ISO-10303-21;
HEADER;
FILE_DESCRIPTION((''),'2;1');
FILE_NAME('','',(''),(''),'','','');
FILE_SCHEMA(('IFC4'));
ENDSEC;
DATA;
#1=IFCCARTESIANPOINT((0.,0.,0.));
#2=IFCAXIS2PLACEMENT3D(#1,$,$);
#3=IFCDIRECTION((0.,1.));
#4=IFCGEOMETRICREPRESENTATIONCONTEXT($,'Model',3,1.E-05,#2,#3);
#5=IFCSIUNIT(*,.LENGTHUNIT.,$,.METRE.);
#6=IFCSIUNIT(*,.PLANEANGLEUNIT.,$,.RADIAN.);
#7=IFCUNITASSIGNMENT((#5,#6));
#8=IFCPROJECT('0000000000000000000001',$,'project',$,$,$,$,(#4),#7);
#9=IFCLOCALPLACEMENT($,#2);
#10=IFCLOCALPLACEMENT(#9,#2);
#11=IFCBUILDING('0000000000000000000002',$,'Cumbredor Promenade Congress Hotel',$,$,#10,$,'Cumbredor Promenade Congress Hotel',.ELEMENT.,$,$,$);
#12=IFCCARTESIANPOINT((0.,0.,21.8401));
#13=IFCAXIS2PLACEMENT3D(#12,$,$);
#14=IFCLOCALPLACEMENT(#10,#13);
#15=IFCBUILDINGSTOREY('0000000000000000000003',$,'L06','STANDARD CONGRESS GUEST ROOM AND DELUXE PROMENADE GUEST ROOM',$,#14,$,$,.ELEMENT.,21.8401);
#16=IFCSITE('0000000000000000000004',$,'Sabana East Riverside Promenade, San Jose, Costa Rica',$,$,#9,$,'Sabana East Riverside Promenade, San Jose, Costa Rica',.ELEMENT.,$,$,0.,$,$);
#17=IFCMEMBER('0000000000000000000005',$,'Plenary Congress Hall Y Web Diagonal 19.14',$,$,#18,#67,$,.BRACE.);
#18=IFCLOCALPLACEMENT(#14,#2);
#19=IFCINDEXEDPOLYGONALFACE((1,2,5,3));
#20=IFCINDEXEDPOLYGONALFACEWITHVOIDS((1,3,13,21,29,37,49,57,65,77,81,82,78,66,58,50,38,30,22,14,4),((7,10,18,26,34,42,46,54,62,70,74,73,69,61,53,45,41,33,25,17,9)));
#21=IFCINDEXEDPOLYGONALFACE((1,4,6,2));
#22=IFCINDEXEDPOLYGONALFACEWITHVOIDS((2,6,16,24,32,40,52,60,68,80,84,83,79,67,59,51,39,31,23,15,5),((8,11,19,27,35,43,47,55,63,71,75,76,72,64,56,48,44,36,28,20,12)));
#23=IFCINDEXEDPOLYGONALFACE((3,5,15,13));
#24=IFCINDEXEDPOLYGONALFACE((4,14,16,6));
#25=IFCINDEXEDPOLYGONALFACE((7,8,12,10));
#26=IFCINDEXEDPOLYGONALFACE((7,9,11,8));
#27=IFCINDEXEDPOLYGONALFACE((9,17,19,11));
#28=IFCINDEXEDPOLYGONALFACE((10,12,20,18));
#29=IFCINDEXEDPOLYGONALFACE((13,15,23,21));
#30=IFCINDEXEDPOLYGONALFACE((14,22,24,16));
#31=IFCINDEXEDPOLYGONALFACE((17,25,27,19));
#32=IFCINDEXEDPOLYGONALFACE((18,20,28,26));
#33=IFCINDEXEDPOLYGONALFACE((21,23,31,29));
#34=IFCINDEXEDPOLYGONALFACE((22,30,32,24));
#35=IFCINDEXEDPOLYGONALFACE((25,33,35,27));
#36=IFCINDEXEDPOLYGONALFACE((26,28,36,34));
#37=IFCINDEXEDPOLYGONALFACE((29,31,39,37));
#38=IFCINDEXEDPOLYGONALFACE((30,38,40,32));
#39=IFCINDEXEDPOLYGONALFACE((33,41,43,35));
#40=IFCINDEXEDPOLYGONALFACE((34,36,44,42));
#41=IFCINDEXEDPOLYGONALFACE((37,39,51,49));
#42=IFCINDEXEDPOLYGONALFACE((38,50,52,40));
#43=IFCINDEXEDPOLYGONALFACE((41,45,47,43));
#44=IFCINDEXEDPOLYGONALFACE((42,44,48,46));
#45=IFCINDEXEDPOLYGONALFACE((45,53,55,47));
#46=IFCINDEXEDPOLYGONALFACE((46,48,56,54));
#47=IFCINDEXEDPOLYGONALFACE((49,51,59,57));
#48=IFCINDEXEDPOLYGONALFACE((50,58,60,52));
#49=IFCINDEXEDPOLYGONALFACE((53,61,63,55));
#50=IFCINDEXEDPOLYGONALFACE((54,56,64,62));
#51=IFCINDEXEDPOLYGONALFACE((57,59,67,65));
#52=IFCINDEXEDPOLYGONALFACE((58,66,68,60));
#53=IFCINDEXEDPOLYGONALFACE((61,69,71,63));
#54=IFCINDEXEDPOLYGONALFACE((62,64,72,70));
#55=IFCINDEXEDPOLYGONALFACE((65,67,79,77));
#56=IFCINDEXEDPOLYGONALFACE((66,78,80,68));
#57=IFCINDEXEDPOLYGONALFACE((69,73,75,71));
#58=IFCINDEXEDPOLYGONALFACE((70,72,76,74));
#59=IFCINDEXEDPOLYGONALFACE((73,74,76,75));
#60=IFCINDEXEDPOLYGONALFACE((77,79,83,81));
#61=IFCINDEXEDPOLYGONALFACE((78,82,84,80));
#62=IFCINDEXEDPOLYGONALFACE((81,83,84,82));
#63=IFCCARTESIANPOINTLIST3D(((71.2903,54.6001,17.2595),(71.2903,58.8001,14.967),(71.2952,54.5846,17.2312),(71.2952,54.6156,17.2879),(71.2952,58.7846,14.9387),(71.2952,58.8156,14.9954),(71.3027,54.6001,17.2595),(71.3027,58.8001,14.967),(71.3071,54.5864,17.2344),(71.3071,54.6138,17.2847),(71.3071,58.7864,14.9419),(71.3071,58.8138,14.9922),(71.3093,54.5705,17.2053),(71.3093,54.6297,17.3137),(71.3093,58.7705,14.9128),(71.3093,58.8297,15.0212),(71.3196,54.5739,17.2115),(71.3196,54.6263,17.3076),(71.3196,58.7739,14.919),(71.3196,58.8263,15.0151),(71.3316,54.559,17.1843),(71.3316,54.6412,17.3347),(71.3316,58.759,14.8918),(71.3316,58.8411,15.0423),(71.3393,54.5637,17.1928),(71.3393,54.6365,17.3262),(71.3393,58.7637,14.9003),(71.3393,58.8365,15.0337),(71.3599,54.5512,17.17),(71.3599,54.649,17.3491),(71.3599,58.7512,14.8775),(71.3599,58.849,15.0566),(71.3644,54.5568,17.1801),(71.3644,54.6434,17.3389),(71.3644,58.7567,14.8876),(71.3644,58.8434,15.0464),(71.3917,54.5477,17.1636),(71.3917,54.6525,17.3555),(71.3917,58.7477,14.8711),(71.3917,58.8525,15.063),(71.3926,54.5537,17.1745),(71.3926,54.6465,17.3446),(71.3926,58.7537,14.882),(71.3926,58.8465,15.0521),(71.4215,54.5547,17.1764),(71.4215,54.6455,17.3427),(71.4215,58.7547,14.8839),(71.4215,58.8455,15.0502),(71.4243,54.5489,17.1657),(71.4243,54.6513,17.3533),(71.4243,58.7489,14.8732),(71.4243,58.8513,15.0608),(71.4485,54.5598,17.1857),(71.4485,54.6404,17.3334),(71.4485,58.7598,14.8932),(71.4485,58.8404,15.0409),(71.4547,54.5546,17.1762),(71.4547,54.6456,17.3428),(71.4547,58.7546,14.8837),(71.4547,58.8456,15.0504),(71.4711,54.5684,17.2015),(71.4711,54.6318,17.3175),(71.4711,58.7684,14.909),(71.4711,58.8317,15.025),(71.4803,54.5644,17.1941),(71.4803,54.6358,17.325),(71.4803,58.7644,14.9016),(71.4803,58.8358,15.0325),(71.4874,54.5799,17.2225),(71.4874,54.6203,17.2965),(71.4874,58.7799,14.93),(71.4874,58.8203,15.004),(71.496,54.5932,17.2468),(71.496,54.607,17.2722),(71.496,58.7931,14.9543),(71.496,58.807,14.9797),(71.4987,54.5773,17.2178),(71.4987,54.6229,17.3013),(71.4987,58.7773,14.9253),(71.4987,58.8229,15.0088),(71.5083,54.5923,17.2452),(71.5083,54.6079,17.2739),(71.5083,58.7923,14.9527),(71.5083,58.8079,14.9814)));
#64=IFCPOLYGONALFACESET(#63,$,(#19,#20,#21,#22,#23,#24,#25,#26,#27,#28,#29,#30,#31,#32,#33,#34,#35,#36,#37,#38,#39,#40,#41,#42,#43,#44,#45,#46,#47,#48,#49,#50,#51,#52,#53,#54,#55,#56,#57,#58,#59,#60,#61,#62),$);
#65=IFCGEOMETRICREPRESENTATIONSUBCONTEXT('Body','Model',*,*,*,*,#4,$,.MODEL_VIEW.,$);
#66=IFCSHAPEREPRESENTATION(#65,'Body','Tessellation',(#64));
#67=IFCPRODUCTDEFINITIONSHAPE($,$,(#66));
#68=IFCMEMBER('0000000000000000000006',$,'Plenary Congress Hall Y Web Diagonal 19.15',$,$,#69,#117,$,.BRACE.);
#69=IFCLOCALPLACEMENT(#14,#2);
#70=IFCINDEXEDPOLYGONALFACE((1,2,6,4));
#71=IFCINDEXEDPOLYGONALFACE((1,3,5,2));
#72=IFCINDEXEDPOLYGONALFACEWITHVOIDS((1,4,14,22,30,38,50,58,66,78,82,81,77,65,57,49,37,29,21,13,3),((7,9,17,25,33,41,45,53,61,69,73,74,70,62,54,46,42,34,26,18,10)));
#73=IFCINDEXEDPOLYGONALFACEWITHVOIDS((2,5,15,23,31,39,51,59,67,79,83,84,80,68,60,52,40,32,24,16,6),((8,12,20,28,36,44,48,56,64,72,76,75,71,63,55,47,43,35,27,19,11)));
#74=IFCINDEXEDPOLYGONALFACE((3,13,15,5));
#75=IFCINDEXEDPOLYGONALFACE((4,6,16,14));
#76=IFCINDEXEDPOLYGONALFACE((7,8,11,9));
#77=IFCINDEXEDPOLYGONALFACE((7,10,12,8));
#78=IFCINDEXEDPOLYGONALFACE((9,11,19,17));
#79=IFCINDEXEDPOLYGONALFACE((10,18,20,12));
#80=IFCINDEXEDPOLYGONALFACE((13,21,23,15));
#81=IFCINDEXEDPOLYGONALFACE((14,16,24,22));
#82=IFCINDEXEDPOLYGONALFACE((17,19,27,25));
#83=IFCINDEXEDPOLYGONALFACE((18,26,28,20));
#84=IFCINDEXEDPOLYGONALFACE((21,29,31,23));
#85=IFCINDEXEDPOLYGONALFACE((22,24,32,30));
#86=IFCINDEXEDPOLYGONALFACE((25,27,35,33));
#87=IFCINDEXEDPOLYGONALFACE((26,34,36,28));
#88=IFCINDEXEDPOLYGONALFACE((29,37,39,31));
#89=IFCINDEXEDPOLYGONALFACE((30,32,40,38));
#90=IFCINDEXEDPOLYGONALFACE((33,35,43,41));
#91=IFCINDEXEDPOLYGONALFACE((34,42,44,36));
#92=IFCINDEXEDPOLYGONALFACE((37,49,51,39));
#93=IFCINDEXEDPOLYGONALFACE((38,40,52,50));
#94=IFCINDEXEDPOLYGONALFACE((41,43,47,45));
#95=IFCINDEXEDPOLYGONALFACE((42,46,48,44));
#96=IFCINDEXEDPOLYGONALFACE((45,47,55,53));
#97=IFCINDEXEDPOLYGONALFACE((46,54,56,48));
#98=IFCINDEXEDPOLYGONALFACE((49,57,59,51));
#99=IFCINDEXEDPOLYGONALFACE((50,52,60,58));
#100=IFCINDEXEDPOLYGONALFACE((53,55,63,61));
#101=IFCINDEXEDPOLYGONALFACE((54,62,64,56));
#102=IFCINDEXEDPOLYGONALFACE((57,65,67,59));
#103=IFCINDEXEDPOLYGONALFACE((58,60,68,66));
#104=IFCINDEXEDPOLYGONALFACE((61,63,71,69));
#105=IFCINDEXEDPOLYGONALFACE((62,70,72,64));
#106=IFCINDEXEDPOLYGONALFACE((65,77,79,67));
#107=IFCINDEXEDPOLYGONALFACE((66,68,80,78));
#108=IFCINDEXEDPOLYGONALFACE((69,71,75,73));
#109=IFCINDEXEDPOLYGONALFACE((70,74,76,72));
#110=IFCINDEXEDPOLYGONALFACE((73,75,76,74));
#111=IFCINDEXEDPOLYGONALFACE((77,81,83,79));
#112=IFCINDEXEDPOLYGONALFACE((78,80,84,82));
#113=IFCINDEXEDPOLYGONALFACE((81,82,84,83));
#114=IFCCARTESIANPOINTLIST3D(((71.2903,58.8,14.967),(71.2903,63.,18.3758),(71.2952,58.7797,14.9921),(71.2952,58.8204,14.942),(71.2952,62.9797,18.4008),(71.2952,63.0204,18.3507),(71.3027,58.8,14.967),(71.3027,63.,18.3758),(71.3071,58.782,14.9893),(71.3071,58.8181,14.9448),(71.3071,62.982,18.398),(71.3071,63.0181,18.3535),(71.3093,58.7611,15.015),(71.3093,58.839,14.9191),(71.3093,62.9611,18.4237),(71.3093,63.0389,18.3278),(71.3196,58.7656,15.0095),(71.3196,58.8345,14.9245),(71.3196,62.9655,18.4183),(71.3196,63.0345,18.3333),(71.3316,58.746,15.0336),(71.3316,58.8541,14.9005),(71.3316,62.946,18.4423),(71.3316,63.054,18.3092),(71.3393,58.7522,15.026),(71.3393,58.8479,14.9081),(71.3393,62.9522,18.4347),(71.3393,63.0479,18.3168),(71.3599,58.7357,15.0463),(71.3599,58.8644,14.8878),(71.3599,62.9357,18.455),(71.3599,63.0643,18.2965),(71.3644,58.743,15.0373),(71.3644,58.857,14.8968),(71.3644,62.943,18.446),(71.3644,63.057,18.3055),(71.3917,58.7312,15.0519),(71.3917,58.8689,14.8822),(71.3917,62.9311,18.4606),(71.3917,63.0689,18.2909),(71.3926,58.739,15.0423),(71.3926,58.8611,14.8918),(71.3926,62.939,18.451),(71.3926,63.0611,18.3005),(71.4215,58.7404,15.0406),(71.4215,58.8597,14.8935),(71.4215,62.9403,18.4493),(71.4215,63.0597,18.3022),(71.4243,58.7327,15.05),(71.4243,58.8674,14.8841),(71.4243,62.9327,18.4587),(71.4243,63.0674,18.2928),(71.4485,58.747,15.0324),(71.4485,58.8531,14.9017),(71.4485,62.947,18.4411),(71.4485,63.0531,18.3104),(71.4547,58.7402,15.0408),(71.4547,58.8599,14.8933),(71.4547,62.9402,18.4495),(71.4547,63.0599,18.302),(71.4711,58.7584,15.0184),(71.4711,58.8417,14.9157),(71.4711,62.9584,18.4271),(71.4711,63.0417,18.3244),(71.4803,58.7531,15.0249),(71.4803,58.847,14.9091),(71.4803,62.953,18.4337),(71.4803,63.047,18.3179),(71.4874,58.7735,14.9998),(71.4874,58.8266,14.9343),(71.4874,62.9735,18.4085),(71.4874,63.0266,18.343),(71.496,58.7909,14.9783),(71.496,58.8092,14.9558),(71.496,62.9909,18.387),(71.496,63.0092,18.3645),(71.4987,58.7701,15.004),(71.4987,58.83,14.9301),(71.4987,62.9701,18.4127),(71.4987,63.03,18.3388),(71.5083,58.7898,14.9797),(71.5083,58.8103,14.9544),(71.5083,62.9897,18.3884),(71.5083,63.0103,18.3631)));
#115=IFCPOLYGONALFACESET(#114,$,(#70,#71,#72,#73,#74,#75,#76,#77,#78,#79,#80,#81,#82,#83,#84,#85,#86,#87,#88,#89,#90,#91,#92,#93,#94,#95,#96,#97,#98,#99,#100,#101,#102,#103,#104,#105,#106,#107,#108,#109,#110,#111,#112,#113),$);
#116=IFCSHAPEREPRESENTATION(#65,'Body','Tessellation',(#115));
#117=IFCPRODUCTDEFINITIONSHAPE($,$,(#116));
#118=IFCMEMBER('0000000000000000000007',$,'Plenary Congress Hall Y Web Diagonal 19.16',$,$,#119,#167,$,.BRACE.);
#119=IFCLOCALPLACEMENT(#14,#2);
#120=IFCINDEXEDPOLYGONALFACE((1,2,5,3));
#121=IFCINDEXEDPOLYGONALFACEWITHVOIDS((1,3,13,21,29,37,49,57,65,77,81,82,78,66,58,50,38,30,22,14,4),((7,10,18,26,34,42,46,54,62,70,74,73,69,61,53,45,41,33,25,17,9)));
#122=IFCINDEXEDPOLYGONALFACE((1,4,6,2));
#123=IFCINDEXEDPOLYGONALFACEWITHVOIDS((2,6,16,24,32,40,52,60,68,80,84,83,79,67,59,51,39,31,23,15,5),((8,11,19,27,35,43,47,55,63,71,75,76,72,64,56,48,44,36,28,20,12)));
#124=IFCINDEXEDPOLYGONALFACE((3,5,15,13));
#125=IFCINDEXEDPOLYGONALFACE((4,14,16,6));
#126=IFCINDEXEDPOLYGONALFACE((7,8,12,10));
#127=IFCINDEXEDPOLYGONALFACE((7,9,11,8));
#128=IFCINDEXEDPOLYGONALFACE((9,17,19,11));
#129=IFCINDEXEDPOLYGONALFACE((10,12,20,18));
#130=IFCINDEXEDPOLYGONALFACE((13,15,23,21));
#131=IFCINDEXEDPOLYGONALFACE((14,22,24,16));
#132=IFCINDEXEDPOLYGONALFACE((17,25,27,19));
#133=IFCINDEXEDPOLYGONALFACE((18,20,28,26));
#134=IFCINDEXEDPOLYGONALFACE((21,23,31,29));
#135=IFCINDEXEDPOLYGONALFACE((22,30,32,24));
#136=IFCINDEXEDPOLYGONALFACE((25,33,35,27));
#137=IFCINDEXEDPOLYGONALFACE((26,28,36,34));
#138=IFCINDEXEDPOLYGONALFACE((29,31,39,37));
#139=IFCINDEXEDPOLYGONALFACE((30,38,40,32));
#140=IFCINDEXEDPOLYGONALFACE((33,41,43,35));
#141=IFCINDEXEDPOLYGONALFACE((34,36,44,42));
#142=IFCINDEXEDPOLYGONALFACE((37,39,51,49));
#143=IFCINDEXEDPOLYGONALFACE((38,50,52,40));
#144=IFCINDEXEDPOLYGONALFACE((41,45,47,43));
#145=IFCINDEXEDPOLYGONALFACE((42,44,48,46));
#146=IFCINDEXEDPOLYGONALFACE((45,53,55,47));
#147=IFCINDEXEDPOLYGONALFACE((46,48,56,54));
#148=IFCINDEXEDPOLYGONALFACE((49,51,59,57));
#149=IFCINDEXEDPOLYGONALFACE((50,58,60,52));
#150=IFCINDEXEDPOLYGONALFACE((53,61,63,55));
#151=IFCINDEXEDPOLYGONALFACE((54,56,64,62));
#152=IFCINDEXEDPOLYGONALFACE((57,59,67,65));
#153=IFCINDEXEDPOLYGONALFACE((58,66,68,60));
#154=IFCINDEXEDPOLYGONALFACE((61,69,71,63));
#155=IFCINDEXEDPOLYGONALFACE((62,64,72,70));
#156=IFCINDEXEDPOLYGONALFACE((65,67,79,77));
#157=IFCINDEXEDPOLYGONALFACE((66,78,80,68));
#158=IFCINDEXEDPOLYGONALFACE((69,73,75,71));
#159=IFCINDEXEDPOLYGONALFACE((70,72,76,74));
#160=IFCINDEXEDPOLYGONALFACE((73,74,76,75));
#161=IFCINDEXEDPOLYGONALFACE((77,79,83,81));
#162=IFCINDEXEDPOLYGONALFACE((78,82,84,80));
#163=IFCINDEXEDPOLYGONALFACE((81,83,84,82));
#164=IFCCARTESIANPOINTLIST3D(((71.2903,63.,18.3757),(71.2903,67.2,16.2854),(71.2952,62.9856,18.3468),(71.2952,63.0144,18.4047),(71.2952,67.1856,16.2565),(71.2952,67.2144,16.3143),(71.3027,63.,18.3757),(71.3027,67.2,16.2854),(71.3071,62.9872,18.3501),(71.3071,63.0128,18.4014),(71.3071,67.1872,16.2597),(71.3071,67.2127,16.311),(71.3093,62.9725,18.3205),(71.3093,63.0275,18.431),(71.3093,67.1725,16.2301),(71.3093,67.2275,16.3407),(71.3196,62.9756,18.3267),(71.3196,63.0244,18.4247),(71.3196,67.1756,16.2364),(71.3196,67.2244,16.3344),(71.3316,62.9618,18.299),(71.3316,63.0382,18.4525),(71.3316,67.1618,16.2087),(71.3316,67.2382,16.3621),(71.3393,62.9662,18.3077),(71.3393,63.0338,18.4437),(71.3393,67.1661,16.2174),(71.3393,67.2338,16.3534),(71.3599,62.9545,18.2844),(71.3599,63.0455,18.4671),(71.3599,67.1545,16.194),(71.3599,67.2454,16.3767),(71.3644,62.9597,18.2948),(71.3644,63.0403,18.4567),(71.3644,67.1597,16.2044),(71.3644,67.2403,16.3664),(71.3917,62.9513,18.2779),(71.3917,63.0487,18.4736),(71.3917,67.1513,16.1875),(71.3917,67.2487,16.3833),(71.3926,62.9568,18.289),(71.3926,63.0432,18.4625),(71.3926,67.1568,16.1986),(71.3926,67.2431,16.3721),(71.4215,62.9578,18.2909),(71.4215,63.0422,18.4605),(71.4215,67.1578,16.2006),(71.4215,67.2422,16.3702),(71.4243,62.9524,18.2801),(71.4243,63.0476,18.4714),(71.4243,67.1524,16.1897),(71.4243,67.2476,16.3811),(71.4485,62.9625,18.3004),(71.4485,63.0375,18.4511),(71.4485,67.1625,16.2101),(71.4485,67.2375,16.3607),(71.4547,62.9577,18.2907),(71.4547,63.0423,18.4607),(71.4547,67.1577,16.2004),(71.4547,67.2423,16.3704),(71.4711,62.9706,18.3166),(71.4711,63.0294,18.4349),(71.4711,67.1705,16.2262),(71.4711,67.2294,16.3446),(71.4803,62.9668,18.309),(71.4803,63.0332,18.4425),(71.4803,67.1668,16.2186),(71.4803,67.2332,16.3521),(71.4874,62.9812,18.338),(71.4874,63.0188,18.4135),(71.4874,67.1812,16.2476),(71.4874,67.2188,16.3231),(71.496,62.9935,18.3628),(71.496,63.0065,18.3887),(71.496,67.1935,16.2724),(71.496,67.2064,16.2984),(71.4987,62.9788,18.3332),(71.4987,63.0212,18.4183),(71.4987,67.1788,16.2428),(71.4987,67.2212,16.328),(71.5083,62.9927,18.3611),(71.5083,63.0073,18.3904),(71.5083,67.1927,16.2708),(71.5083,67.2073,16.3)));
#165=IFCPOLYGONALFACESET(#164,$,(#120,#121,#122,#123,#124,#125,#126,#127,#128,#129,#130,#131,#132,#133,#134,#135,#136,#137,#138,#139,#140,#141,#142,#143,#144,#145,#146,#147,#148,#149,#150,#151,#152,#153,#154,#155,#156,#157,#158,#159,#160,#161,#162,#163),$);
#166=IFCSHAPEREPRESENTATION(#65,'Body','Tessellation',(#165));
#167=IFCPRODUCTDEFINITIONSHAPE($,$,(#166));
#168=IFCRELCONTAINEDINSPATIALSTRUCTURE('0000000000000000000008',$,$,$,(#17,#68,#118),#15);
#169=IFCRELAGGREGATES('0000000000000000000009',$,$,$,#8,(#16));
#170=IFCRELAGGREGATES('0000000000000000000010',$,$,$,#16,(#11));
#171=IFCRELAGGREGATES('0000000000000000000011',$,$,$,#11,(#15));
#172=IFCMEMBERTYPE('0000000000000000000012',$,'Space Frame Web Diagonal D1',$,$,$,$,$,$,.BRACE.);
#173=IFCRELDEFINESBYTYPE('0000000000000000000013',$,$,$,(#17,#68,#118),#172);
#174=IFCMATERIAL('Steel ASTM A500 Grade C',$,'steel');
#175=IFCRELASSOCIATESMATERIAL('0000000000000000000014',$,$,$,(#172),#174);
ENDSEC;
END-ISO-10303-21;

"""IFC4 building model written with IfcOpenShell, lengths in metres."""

from ifc_helpers import new_model, si_unit, direction, frame, origin, origin_2d, place, context, subcontext, project, spatial, hollow_circle, extrude, material, material_profile, profile_set, type_object, element, save


model = new_model("IFC4")

# Units and contexts
model_context = context("Model", 3, precision=1e-05, world=origin(), true_north=direction((0.0, 1.0)))
body_context = subcontext(model_context, "Body", "Model", "MODEL_VIEW")
ifc_project = project(units=[si_unit("LENGTHUNIT", "METRE"), si_unit("PLANEANGLEUNIT", "RADIAN")], contexts=[model_context])

# Site, building, storey
site_placement = place(None, origin())
site = spatial("IfcSite", under=ifc_project, at=site_placement, Name="Sabana East Riverside Promenade, San Jose, Costa Rica", LongName="Sabana East Riverside Promenade, San Jose, Costa Rica", CompositionType="ELEMENT", RefElevation=0.0)
building_placement = place(site_placement, origin())
building = spatial("IfcBuilding", under=site, at=building_placement, Name="Cumbredor Promenade Congress Hotel", LongName="Cumbredor Promenade Congress Hotel", CompositionType="ELEMENT")
storey_placement = place(building_placement, frame((0.0, 0.0, 21.8401)))
storey = spatial("IfcBuildingStorey", under=building, at=storey_placement, Name="L06", Description="STANDARD CONGRESS GUEST ROOM AND DELUXE PROMENADE GUEST ROOM", CompositionType="ELEMENT", Elevation=21.8401)

# Members
ifc_material_1 = material(Name="Steel ASTM A500 Grade C", Category="steel")
ifc_material_profile_1 = material_profile(ifc_material_1, hollow_circle(Radius=0.1096, WallThickness=0.0125, at=origin_2d()), Name="CHS 219.1x12.5")
ifc_profile_set_1 = profile_set([ifc_material_profile_1], Name="Steel ASTM A500 Grade C")
member_type_1 = type_object("IfcMemberType", Name="Space Frame Web Diagonal D1", PredefinedType="BRACE", material=ifc_profile_set_1)
member_1_placement = place(storey_placement, frame((71.3999, 54.6001, 17.2595), z_axis=(0.0, 0.877755, -0.47911), x_axis=(-1.0, 0.0, 0.0)))
element("IfcMember", 1, at=member_1_placement, inside=storey, type_object=member_type_1, Name="Plenary Congress Hall Y Web Diagonal 19.14", PredefinedType="BRACE", context=body_context, shape_type="SweptSolid", body=[
    extrude(hollow_circle(Radius=0.1096, WallThickness=0.0125, at=origin_2d()), origin(), (0.0, 0.0, 1.0), 4.7849),
])
member_2_placement = place(storey_placement, frame((71.3999, 58.8, 14.967), z_axis=(0.0, 0.776455, 0.630173), x_axis=(-1.0, 0.0, 0.0)))
element("IfcMember", 2, at=member_2_placement, inside=storey, type_object=member_type_1, Name="Plenary Congress Hall Y Web Diagonal 19.15", PredefinedType="BRACE", context=body_context, shape_type="SweptSolid", body=[
    extrude(hollow_circle(Radius=0.1096, WallThickness=0.0125, at=origin_2d()), origin(), (0.0, 0.0, 1.0), 5.4092),
])
member_3_placement = place(storey_placement, frame((71.3999, 63.0, 18.3757), z_axis=(0.0, 0.895248, -0.445568), x_axis=(-1.0, 0.0, 0.0)))
element("IfcMember", 3, at=member_3_placement, inside=storey, type_object=member_type_1, Name="Plenary Congress Hall Y Web Diagonal 19.16", PredefinedType="BRACE", context=body_context, shape_type="SweptSolid", body=[
    extrude(hollow_circle(Radius=0.1096, WallThickness=0.0125, at=origin_2d()), origin(), (0.0, 0.0, 1.0), 4.6914),
])

save(model, "model.ifc")
